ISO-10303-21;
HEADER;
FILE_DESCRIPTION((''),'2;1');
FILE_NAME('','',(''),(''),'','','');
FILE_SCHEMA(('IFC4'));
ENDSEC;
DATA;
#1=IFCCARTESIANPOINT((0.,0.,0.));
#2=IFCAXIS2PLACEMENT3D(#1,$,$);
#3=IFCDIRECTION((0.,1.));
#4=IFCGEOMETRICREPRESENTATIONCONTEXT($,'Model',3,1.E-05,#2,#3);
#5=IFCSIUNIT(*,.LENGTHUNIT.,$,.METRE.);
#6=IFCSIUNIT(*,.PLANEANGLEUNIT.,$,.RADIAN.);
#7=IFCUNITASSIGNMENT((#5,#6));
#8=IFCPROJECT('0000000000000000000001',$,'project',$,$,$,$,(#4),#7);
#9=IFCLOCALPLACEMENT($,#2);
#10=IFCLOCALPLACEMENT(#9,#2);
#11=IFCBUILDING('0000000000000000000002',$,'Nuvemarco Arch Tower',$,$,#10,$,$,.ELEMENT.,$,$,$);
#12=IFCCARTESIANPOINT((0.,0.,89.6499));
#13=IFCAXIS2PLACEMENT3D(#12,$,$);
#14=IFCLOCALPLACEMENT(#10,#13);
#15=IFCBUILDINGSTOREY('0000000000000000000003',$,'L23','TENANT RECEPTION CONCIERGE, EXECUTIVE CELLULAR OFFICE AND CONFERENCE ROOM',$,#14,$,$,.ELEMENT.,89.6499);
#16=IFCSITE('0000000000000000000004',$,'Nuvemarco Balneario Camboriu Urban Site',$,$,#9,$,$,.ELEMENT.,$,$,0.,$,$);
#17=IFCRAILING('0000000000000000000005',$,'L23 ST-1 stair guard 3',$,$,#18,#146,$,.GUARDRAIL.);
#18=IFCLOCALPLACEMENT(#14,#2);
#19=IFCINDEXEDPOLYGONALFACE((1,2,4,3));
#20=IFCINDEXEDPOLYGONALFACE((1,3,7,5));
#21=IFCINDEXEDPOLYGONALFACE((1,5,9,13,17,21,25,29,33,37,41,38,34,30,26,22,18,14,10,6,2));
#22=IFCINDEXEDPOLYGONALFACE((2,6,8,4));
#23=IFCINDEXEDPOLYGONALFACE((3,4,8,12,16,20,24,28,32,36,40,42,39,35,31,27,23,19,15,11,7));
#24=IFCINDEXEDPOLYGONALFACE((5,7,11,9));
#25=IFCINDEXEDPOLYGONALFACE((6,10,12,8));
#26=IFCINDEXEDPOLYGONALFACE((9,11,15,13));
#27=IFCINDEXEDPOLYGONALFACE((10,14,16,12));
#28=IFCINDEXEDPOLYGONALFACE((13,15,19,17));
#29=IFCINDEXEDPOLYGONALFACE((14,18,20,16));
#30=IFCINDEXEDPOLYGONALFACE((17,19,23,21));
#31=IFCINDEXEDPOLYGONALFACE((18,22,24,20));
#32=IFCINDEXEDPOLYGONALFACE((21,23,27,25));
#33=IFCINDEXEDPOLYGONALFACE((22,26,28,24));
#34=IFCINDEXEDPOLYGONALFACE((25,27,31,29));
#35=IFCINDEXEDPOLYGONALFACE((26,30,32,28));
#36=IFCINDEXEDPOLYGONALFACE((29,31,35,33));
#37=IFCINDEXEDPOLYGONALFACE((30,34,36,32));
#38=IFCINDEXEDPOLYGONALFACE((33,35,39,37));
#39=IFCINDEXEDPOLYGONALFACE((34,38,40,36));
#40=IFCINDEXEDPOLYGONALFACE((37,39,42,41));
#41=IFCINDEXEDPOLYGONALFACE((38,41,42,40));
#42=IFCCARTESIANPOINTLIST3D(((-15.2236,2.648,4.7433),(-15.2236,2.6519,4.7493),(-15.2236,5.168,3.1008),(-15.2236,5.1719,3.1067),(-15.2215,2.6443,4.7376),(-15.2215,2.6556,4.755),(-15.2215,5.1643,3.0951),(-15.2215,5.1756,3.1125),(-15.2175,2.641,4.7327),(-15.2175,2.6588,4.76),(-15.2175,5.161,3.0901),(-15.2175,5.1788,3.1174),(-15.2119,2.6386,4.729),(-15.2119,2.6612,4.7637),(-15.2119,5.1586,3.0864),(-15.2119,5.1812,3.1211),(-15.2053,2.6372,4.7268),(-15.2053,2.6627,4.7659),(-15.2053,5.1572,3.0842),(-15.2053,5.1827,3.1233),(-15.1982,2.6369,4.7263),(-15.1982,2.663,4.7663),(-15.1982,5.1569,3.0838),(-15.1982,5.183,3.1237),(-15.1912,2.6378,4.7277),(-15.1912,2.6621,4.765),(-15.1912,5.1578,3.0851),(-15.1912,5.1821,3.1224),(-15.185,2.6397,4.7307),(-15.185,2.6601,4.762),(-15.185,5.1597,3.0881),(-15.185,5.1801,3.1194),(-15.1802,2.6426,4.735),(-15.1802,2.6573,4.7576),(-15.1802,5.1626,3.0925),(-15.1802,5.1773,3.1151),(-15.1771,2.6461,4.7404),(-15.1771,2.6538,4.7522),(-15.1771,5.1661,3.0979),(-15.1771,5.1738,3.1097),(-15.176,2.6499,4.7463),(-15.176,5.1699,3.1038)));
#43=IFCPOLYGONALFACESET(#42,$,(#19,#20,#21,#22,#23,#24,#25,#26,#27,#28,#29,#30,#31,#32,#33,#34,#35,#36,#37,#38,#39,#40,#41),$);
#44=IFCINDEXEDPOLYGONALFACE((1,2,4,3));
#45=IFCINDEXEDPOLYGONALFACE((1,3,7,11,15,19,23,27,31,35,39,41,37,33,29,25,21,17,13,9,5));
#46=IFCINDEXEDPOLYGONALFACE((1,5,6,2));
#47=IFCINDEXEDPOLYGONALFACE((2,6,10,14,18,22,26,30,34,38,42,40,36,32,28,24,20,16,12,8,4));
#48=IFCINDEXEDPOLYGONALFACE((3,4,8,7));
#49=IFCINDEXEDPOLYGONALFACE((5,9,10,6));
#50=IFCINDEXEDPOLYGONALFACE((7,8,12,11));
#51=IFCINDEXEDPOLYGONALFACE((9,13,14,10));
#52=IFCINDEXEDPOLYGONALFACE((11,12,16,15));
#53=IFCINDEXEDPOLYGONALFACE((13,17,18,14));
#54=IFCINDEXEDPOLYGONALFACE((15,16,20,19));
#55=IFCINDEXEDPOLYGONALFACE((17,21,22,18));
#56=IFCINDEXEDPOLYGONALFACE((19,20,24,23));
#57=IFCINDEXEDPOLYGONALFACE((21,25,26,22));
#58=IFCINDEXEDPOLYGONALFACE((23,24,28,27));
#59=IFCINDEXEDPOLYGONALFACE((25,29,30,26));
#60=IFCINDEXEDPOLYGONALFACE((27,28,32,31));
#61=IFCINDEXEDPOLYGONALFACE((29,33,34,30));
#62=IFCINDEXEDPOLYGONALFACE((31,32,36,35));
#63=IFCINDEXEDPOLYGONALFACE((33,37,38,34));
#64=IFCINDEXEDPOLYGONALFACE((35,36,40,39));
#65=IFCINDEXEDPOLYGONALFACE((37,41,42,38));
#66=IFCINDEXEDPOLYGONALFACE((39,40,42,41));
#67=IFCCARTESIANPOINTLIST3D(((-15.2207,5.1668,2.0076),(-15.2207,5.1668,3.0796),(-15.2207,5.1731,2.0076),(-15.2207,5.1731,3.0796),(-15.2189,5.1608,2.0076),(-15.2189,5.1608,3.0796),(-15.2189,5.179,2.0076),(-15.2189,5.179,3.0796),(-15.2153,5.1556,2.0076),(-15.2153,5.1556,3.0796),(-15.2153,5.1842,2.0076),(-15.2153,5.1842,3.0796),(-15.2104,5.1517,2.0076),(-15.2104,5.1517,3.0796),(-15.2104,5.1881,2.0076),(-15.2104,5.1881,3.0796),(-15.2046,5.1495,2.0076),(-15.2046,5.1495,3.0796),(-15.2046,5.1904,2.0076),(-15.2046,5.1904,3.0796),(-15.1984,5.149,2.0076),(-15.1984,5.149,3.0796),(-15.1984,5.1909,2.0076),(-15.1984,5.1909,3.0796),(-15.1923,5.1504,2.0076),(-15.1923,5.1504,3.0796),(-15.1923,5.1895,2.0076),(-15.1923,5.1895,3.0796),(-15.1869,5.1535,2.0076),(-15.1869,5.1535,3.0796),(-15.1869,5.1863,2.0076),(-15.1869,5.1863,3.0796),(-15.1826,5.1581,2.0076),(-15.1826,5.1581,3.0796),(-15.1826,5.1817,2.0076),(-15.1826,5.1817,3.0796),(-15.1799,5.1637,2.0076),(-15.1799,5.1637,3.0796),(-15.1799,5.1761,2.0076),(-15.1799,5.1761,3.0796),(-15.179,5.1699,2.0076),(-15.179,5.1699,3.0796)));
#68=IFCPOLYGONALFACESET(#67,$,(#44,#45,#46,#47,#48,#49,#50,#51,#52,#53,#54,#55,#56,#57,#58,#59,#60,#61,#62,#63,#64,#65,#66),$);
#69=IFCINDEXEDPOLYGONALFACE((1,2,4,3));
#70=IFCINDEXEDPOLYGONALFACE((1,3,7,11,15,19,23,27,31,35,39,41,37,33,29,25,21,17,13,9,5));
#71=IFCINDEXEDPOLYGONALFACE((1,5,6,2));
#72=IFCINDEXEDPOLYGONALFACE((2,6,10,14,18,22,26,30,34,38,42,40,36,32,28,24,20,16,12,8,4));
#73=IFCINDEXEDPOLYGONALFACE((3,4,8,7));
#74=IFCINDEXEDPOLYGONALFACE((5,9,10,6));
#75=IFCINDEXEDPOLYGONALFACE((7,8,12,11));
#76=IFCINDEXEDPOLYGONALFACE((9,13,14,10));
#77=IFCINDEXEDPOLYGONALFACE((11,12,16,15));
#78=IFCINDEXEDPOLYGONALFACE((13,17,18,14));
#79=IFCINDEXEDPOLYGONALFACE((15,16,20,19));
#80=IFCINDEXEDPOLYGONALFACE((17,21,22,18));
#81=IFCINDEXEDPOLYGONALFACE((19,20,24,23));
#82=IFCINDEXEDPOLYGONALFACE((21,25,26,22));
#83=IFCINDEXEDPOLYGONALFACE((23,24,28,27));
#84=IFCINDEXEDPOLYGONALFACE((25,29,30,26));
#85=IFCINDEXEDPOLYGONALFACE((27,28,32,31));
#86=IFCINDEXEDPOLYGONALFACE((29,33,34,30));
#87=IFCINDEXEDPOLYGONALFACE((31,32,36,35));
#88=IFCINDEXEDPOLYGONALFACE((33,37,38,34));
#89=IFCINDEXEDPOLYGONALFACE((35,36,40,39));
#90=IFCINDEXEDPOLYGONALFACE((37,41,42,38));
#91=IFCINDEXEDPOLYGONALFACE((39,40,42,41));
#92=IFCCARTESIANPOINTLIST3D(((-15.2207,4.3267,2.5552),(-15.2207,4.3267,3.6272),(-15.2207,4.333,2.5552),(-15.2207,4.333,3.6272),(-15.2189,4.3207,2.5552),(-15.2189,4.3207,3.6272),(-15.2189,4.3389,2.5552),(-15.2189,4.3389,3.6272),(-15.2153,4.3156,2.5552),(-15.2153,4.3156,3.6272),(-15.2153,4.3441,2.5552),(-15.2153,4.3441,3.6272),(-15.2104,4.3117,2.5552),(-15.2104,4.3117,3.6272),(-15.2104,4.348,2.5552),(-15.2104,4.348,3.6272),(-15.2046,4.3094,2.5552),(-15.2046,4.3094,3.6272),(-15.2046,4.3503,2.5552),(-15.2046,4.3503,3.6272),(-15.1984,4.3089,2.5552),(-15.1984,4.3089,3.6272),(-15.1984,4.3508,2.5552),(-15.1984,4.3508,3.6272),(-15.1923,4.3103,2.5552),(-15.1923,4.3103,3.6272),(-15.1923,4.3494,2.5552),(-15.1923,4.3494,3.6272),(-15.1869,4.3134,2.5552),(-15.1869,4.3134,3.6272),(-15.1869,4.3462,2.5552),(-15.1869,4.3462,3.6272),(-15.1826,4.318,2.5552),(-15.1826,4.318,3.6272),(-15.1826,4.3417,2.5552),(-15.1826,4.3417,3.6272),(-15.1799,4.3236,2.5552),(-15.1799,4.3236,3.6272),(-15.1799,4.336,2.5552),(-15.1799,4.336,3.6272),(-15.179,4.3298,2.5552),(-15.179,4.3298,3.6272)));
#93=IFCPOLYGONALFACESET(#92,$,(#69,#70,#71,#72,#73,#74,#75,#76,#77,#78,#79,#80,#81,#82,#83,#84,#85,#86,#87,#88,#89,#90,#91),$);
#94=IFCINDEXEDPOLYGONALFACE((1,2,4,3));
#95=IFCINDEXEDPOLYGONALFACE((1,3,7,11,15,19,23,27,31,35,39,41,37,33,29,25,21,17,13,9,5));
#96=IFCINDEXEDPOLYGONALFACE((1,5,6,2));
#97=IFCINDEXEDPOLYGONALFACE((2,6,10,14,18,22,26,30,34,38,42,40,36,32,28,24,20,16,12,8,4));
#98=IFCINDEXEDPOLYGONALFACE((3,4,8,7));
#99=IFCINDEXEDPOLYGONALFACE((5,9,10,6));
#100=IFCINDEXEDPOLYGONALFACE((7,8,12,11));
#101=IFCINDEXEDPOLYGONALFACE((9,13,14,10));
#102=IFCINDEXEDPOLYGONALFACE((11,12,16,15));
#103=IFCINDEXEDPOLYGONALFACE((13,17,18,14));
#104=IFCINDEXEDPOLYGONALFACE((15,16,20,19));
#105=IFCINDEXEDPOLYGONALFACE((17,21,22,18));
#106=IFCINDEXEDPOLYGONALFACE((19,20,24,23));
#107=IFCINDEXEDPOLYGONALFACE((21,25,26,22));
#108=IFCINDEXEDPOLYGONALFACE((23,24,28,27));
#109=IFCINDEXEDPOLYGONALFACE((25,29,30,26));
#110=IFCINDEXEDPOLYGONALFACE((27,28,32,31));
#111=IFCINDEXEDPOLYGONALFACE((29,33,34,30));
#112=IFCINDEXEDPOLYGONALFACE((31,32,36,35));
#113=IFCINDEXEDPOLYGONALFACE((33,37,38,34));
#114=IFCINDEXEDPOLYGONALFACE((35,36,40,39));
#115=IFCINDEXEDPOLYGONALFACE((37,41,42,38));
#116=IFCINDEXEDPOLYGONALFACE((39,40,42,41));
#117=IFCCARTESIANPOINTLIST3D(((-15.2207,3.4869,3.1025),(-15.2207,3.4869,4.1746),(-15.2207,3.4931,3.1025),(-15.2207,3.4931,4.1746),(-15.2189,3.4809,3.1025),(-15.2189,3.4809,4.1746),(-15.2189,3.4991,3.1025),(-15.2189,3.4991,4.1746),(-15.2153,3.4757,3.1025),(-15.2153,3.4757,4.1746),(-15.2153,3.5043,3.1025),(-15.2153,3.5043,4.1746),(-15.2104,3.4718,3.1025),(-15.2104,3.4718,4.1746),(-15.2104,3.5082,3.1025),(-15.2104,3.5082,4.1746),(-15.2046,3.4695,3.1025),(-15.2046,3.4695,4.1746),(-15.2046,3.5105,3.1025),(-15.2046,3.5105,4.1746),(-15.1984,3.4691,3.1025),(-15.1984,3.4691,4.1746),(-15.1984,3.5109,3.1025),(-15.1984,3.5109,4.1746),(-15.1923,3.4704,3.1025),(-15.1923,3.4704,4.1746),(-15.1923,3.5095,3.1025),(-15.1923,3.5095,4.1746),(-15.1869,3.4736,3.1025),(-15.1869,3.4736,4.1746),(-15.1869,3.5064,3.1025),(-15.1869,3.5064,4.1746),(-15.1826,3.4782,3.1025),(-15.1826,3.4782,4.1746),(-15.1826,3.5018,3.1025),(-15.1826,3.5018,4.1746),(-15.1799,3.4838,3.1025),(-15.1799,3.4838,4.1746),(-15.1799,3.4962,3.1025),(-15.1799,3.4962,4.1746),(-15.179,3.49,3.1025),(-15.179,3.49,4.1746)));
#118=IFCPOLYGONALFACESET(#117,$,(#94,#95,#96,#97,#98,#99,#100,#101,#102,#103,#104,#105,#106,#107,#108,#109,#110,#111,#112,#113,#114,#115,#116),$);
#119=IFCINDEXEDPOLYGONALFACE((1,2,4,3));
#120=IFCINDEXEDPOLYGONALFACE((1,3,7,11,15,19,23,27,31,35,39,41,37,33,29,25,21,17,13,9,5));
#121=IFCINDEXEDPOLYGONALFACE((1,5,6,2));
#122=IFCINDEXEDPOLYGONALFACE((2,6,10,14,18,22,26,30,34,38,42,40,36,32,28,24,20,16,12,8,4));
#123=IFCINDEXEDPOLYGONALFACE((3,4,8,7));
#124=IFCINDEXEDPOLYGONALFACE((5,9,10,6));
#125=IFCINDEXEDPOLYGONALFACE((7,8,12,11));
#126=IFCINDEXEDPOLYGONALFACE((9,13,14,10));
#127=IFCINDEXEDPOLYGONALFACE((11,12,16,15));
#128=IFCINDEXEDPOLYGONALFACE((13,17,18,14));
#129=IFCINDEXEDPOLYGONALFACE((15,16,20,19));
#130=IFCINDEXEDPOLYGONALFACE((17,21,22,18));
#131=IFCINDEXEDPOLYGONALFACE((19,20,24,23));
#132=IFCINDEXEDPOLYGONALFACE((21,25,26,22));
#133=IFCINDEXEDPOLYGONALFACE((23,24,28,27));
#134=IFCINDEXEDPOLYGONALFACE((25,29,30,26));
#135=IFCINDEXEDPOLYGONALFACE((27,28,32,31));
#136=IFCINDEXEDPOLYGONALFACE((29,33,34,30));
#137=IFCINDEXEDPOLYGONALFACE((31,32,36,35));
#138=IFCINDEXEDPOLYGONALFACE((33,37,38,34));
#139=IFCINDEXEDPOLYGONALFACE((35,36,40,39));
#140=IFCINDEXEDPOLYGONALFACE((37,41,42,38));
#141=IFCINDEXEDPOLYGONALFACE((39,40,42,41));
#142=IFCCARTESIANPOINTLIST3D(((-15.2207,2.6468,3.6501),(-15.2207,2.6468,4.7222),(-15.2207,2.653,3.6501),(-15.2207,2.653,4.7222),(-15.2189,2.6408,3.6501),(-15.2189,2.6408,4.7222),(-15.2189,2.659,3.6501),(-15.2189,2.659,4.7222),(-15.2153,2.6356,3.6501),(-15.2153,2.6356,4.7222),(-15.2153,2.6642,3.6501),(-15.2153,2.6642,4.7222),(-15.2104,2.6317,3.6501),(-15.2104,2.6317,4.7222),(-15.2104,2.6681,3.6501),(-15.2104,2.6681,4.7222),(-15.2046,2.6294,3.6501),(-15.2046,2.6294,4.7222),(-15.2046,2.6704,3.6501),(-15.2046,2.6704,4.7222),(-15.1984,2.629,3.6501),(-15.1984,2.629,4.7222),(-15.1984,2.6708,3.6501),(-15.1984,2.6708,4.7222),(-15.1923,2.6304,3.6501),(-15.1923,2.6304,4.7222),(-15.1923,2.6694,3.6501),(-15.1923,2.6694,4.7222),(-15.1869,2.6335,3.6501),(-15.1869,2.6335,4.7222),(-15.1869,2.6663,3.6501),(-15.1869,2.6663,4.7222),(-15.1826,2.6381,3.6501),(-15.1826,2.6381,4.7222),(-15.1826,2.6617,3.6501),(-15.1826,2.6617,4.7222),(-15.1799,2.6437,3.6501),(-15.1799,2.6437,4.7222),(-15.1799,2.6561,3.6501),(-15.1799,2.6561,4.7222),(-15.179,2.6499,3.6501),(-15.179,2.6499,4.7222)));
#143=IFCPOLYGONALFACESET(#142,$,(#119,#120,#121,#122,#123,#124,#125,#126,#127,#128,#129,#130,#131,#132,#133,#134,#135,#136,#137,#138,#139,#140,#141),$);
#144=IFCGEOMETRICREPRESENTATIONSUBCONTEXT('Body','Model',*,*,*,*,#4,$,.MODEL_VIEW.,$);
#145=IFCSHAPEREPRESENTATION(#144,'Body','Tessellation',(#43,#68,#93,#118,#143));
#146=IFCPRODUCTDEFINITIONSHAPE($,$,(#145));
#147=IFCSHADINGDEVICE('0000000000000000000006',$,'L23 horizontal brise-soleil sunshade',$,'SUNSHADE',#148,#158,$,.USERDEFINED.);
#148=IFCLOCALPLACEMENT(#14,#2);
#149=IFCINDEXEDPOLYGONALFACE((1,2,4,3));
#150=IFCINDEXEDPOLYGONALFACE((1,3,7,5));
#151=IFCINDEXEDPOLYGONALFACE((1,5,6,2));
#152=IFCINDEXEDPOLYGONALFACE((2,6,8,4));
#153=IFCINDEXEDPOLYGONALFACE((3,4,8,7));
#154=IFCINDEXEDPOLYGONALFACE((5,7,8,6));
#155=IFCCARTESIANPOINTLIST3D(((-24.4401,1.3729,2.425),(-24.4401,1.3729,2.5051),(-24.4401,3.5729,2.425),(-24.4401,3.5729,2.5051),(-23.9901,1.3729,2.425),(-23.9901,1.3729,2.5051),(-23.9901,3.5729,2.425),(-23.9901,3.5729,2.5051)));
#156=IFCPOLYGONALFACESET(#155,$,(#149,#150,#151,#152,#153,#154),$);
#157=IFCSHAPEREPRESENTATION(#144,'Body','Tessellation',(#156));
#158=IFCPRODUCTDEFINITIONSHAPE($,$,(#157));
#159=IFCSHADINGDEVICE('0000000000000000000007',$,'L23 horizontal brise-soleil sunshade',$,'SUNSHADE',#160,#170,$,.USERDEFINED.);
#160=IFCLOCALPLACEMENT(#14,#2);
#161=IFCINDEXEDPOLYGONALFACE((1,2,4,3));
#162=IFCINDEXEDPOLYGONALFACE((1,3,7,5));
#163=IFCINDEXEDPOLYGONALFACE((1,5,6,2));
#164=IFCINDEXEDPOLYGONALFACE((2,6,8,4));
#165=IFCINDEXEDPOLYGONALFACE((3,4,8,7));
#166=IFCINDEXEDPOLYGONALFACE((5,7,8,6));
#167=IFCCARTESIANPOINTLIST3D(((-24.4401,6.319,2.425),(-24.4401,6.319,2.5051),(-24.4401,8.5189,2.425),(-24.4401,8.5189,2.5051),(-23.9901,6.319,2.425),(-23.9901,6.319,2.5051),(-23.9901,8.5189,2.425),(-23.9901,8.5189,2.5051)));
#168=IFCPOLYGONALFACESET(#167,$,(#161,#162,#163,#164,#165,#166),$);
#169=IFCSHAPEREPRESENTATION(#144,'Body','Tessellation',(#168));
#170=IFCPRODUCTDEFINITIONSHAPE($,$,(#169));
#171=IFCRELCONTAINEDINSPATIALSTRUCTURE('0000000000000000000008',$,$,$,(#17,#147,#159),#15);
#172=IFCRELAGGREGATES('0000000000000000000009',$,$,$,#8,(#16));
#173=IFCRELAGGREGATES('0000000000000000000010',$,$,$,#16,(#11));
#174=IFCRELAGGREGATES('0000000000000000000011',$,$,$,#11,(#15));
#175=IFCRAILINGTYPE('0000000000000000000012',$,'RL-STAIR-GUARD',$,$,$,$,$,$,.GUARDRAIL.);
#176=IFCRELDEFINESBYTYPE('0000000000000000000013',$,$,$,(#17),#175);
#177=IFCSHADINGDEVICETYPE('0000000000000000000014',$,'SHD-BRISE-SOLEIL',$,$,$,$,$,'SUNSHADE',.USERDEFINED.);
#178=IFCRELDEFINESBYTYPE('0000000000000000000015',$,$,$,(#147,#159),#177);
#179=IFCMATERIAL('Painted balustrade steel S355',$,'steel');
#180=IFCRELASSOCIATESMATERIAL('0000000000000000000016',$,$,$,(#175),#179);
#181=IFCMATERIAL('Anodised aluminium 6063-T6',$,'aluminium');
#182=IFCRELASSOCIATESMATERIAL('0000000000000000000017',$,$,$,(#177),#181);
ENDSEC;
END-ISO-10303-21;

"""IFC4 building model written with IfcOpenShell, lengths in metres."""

from ifc_helpers import new_model, si_unit, direction, frame, origin, origin_2d, place, context, subcontext, project, spatial, rectangle, circle, extrude, source, transform, mapped, material, type_object, type_shapes, element, save


model = new_model("IFC4")

# Units and contexts
model_context = context("Model", 3, precision=1e-05, world=origin(), true_north=direction((0.0, 1.0)))
body_context = subcontext(model_context, "Body", "Model", "MODEL_VIEW")
ifc_project = project(units=[si_unit("LENGTHUNIT", "METRE"), si_unit("PLANEANGLEUNIT", "RADIAN")], contexts=[model_context])

# Site, building, storey
site_placement = place(None, origin())
site = spatial("IfcSite", under=ifc_project, at=site_placement, Name="Nuvemarco Balneario Camboriu Urban Site", CompositionType="ELEMENT", RefElevation=0.0)
building_placement = place(site_placement, origin())
building = spatial("IfcBuilding", under=site, at=building_placement, Name="Nuvemarco Arch Tower", CompositionType="ELEMENT")
storey_placement = place(building_placement, frame((0.0, 0.0, 89.6499)))
storey = spatial("IfcBuildingStorey", under=building, at=storey_placement, Name="L23", Description="TENANT RECEPTION CONCIERGE, EXECUTIVE CELLULAR OFFICE AND CONFERENCE ROOM", CompositionType="ELEMENT", Elevation=89.6499)

# Railing
ifc_material_1 = material(Name="Painted balustrade steel S355", Category="steel")
railing_type_1 = type_object("IfcRailingType", Name="RL-STAIR-GUARD", PredefinedType="GUARDRAIL", material=ifc_material_1)
railing_1_placement = place(storey_placement, frame((-15.2, 5.1699, 2.0076)))
element("IfcRailing", 1, at=railing_1_placement, inside=storey, type_object=railing_type_1, Name="L23 ST-1 stair guard 3", PredefinedType="GUARDRAIL", context=body_context, shape_type="SweptSolid", body=[
    extrude(circle(Radius=0.0239, at=origin_2d()), frame((0.0, 0.0, 1.0962), z_axis=(0.0, -0.837749, 0.546055), x_axis=(1.0, 0.0, 0.0)), (0.0, 0.0, 1.0), 3.0081),
    extrude(circle(Radius=0.021, at=origin_2d()), origin(), (0.0, 0.0, 1.0), 1.072),
    extrude(circle(Radius=0.021, at=origin_2d()), frame((0.0, -0.8401, 0.5476)), (0.0, 0.0, 1.0), 1.072),
    extrude(circle(Radius=0.021, at=origin_2d()), frame((0.0, -1.6799, 1.095)), (0.0, 0.0, 1.0), 1.072),
    extrude(circle(Radius=0.021, at=origin_2d()), frame((0.0, -2.52, 1.6426)), (0.0, 0.0, 1.0), 1.072),
])

# Shading devices
ifc_material_2 = material(Name="Anodised aluminium 6063-T6", Category="aluminium")
shading_device_type = type_object("IfcShadingDeviceType", Name="SHD-BRISE-SOLEIL", ElementType="SUNSHADE", PredefinedType="USERDEFINED", material=ifc_material_2)
shared_shape = source(origin(), body_context, "Body", "SweptSolid", [
    extrude(rectangle(XDim=2.2, YDim=0.45, at=origin_2d()), origin(), (0.0, 0.0, 1.0), 0.0801),
])
type_shapes(shading_device_type, [shared_shape])
for number, where, z_axis, x_axis, name in (
    (2, (-24.2151, 2.4729, 2.425), (0.0, 0.0, 1.0), (0.0, 1.0, 0.0), "L23 horizontal brise-soleil sunshade"),
    (3, (-24.2151, 7.4189, 2.425), (0.0, 0.0, 1.0), (0.0, 1.0, 0.0), "L23 horizontal brise-soleil sunshade"),
):
    element("IfcShadingDevice", number, at=place(storey_placement, frame(where, z_axis=z_axis, x_axis=x_axis)), inside=storey, type_object=shading_device_type, Name=name, ObjectType="SUNSHADE", PredefinedType="USERDEFINED", context=body_context, shape_type="MappedRepresentation", body=[
        mapped(shared_shape, transform((0.0, 0.0, 0.0), scale=1.0)),
    ])

save(model, "model.ifc")
